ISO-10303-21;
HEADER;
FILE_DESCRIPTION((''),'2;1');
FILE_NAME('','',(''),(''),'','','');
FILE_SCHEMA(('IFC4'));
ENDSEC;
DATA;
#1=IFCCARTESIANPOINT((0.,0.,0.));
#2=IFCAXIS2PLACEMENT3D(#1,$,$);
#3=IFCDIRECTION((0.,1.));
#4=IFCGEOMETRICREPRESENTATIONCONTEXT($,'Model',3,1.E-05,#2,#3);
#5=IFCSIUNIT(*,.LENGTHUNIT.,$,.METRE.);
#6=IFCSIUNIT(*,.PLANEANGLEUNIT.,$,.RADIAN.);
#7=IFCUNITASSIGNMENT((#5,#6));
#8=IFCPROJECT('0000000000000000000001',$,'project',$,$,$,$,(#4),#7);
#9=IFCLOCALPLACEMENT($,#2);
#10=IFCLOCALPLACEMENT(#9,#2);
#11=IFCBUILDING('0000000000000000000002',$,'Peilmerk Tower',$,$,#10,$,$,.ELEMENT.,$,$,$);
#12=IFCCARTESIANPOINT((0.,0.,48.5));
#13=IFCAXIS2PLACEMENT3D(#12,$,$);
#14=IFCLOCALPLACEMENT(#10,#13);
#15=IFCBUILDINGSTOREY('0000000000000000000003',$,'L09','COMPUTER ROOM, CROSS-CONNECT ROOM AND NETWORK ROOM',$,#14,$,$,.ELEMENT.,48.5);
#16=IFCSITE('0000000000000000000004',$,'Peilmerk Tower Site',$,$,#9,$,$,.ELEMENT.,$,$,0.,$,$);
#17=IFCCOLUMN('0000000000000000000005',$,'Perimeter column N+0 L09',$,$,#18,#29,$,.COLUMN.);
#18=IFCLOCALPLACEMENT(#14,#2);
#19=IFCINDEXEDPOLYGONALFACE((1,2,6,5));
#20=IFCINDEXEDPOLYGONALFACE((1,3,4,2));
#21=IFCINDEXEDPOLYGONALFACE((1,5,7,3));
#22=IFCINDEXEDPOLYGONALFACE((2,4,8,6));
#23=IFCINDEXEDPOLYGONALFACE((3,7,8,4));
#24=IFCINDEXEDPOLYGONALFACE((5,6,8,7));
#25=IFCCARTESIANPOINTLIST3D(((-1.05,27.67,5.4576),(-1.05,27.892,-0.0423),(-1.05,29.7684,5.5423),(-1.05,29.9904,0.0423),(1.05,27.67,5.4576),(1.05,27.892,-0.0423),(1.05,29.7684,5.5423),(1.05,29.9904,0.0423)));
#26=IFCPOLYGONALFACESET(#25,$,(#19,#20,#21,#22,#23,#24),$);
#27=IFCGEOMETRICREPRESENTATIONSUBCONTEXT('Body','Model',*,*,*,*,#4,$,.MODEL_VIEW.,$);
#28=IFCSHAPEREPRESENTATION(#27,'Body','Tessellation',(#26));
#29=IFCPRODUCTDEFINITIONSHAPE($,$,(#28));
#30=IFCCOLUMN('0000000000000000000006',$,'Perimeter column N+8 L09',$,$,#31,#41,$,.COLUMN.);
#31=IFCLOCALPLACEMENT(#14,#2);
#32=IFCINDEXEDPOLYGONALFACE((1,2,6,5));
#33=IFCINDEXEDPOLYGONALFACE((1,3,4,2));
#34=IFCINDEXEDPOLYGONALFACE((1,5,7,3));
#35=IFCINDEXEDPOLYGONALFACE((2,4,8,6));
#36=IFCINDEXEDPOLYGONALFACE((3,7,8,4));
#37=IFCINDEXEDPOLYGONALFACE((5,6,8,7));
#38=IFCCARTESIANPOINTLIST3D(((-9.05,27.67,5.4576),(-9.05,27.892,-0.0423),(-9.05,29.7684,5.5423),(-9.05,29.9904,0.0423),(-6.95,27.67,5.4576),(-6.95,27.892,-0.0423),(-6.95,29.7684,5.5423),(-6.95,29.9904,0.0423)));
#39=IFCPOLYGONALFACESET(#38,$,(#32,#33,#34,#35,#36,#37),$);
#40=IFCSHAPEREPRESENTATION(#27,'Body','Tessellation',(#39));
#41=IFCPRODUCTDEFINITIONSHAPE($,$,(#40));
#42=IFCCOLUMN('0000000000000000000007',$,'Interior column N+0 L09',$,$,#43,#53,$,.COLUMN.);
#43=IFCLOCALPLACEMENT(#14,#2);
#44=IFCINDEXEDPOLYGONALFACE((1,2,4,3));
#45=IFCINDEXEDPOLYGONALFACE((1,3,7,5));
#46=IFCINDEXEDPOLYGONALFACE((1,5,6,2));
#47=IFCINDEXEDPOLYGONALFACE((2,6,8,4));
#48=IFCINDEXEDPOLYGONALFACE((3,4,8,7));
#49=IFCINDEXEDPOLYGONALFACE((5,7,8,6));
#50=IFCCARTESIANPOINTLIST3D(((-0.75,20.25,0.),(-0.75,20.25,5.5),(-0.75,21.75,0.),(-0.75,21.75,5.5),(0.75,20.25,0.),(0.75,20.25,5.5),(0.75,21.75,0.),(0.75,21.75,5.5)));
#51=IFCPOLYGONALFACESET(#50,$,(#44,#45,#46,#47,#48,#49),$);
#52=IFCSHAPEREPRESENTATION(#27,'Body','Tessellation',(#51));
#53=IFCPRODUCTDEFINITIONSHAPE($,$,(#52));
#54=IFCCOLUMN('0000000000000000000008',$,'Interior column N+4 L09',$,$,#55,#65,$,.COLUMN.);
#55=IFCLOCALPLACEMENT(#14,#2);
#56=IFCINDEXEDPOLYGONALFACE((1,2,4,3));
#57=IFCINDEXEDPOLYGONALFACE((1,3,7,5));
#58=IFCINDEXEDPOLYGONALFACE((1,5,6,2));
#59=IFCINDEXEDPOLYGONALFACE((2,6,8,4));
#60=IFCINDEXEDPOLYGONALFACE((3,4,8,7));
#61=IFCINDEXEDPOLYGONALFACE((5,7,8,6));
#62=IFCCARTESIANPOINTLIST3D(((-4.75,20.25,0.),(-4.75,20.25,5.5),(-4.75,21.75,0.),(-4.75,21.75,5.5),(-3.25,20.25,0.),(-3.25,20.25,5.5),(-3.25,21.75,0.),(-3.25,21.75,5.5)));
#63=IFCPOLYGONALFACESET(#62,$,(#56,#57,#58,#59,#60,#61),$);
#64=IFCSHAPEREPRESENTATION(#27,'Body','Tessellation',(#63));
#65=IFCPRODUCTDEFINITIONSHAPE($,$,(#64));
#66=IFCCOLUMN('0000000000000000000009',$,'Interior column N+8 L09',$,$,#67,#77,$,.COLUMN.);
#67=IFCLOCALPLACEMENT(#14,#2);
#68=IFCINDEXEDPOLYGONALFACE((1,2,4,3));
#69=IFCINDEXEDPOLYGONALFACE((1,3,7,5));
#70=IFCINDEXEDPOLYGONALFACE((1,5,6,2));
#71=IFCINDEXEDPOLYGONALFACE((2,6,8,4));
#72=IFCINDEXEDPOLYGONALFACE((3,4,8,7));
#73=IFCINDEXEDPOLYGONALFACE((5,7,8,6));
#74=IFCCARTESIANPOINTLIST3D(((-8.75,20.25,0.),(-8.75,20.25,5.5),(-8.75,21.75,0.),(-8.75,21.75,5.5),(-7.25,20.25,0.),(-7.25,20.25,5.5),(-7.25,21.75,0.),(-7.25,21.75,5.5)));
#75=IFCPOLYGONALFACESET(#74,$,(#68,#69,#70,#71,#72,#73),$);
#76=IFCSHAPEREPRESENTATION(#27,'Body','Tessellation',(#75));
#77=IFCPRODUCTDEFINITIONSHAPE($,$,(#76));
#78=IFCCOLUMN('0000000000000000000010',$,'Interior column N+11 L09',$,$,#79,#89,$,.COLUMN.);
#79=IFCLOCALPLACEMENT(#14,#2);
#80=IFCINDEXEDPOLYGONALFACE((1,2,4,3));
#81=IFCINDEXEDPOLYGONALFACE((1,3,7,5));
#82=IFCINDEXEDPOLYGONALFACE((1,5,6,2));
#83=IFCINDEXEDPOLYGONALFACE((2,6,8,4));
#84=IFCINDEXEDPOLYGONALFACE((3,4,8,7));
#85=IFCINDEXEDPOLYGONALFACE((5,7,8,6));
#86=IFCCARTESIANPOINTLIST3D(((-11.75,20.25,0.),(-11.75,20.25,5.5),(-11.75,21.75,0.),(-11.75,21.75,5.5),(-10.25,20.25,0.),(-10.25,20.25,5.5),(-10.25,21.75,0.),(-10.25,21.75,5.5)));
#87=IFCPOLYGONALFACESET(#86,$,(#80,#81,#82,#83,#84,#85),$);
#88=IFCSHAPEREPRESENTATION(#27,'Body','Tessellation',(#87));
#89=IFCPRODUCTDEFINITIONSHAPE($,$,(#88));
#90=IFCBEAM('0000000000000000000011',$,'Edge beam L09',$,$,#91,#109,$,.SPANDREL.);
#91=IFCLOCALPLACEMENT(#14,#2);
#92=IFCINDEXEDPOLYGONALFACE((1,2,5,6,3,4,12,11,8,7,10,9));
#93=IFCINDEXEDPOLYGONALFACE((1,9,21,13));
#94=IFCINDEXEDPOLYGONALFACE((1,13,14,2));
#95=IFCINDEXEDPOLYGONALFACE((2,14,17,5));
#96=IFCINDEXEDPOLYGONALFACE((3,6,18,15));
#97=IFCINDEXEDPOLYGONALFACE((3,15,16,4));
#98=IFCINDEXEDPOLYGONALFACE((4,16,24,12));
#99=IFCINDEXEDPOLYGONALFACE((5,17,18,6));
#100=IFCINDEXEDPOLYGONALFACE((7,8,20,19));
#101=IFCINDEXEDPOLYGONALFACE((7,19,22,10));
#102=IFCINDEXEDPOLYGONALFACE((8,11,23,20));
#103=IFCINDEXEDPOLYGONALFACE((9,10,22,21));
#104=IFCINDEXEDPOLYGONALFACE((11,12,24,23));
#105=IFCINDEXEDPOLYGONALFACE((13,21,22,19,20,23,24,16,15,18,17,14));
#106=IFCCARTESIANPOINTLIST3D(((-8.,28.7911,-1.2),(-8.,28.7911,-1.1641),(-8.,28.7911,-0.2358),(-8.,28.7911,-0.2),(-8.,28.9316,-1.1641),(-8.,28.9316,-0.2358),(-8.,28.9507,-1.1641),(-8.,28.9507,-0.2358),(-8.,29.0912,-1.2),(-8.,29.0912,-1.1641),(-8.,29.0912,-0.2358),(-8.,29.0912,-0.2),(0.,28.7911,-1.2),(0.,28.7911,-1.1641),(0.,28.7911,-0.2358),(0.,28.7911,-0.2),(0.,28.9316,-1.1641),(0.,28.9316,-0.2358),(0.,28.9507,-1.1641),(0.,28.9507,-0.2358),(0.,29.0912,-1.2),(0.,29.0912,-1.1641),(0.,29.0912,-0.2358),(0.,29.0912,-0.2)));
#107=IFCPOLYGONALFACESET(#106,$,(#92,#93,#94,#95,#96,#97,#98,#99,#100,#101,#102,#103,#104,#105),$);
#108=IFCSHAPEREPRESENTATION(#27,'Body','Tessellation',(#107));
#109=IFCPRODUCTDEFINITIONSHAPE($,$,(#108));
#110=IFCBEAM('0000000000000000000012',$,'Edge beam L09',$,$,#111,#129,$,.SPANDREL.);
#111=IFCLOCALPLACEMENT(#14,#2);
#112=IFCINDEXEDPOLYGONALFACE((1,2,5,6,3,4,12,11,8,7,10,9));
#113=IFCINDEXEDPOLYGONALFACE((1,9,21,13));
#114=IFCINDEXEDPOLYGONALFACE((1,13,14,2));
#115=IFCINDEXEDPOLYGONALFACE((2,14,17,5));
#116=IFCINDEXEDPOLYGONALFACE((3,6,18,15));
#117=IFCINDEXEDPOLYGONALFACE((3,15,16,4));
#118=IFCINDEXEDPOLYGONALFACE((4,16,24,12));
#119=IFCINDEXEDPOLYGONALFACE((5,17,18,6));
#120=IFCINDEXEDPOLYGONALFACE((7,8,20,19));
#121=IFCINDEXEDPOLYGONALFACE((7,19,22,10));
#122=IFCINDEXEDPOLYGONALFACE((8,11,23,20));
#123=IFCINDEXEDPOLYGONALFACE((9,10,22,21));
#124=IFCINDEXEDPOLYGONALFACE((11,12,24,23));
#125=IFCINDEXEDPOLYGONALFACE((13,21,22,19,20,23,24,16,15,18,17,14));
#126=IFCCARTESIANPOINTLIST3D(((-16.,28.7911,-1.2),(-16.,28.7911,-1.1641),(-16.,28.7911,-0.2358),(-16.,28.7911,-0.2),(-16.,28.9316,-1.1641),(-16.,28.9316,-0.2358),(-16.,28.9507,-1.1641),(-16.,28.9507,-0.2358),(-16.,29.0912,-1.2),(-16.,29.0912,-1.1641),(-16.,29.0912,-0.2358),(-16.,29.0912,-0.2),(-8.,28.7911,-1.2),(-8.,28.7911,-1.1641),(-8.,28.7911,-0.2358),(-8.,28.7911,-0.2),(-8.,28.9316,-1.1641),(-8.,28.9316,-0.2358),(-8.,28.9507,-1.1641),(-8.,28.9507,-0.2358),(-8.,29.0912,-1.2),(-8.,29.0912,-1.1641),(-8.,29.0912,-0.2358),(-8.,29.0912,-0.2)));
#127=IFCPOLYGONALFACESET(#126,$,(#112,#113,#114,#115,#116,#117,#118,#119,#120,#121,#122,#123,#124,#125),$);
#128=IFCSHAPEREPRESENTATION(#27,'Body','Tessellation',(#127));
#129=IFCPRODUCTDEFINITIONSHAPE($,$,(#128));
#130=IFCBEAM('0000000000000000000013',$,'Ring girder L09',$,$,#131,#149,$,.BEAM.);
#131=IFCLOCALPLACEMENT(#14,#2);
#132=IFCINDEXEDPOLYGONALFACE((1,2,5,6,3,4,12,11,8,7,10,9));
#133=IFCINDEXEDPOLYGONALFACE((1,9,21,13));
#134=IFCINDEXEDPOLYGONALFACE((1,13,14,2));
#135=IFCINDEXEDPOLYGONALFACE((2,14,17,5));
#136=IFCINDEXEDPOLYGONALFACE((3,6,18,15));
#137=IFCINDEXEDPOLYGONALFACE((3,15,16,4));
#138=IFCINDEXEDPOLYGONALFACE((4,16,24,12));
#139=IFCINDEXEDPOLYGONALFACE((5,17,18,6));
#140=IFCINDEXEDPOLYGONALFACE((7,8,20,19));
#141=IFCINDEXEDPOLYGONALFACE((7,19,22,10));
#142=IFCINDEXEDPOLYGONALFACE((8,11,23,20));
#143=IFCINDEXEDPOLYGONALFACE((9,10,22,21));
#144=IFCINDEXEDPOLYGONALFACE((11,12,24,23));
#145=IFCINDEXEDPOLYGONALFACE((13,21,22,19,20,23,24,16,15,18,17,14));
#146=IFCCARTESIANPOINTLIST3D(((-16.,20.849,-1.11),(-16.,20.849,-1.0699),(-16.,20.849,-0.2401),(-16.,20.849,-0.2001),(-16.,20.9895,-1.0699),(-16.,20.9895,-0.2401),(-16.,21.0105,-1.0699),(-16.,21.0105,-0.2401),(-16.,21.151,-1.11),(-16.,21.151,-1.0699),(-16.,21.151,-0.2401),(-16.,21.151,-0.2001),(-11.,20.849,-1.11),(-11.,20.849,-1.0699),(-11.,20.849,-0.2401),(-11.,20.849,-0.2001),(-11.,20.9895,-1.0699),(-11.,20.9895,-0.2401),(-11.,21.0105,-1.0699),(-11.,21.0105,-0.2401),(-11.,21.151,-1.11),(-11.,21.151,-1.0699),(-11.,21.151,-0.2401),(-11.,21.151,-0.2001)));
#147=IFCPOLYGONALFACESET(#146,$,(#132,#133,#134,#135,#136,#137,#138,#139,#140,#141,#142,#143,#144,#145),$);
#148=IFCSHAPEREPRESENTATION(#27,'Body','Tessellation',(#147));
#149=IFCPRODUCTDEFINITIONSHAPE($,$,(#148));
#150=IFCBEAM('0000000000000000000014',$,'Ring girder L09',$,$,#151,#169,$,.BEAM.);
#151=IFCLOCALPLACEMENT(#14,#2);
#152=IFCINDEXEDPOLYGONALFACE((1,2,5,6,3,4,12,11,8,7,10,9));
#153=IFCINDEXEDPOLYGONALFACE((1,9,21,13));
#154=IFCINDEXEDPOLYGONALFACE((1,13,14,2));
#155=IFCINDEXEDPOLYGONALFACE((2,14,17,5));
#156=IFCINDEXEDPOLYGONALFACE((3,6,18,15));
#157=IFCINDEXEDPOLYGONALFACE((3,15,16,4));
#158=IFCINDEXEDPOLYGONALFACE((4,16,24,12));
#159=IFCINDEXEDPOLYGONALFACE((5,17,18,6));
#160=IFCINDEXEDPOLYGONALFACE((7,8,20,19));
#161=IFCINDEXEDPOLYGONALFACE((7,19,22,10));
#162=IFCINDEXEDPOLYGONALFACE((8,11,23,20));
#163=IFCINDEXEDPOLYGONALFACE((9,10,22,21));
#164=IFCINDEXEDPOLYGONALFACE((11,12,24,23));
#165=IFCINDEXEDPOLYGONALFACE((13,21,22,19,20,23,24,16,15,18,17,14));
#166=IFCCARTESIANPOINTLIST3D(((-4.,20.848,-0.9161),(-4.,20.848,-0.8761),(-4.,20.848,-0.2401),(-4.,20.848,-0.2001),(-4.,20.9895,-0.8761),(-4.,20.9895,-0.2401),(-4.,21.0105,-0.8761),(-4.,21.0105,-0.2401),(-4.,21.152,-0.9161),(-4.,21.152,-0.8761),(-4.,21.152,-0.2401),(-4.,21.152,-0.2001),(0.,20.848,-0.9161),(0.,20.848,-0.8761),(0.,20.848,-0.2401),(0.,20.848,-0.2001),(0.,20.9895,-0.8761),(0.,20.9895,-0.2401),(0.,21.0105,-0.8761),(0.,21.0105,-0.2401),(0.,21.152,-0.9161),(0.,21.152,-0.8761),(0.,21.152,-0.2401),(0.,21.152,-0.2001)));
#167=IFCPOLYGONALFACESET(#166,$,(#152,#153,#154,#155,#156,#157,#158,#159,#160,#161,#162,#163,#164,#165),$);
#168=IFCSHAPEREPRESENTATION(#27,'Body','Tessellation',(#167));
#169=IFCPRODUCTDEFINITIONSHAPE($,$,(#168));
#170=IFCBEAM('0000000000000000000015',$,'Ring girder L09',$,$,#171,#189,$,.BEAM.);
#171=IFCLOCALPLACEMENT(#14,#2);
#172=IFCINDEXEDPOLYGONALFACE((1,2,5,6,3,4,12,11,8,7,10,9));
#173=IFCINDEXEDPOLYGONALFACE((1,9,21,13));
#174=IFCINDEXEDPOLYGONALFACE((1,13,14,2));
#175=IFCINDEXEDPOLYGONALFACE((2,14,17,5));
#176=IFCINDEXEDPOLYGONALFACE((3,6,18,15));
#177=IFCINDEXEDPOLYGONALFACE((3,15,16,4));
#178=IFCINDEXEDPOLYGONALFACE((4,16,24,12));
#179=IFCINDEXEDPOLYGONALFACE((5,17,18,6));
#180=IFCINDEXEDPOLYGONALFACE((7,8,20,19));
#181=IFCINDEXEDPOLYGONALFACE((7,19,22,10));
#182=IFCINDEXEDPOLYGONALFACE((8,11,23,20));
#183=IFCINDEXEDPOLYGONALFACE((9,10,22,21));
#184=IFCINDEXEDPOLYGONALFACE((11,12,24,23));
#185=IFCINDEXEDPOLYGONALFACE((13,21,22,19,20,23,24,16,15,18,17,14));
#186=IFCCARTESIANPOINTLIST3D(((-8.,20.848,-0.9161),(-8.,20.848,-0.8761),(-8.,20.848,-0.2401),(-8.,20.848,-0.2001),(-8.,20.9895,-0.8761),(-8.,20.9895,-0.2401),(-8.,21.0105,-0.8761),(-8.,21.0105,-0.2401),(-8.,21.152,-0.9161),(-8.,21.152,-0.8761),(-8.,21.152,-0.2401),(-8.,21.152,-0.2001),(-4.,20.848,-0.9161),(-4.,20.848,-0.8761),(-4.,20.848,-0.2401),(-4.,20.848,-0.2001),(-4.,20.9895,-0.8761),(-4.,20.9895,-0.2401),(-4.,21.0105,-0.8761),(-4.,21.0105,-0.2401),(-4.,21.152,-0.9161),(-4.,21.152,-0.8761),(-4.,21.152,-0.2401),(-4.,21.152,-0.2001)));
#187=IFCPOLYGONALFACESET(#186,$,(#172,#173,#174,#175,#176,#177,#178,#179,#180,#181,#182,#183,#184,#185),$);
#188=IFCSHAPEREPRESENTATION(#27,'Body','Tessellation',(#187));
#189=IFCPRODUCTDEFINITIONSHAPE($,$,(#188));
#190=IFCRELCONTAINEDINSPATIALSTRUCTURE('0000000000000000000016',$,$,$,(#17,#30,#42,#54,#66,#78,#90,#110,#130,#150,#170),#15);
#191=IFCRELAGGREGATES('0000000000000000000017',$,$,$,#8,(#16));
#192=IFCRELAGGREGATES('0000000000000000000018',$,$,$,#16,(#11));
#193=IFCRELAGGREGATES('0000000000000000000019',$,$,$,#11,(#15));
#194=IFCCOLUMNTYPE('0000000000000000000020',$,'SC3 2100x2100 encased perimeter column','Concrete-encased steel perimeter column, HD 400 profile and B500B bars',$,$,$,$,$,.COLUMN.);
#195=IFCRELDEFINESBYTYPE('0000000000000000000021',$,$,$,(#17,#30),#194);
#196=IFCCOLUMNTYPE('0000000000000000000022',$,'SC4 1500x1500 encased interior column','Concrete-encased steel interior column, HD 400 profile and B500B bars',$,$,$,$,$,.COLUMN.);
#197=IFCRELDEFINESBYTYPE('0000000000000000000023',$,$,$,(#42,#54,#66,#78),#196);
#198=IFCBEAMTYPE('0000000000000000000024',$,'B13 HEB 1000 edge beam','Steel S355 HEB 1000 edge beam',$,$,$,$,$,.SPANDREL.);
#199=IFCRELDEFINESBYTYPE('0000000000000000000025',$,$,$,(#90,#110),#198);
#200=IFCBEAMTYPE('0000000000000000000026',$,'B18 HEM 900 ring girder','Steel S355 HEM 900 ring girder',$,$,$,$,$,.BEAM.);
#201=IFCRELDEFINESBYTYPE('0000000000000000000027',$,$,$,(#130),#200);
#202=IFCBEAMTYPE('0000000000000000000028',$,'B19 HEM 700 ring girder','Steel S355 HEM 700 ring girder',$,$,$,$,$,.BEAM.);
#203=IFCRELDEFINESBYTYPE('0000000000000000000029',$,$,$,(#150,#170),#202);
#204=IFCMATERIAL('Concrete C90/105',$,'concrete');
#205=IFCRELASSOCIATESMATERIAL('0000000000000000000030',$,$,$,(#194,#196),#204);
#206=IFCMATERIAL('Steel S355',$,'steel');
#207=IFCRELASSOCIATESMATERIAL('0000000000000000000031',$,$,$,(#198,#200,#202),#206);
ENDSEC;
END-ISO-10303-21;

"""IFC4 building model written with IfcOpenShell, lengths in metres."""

from ifc_helpers import new_model, si_unit, direction, frame, origin, origin_2d, place, context, subcontext, project, spatial, rectangle, i_section, extrude, material, material_profile, profile_set, type_object, element, save


model = new_model("IFC4")

# Units and contexts
model_context = context("Model", 3, precision=1e-05, world=origin(), true_north=direction((0.0, 1.0)))
body_context = subcontext(model_context, "Body", "Model", "MODEL_VIEW")
ifc_project = project(units=[si_unit("LENGTHUNIT", "METRE"), si_unit("PLANEANGLEUNIT", "RADIAN")], contexts=[model_context])

# Site, building, storey
site_placement = place(None, origin())
site = spatial("IfcSite", under=ifc_project, at=site_placement, Name="Peilmerk Tower Site", CompositionType="ELEMENT", RefElevation=0.0)
building_placement = place(site_placement, origin())
building = spatial("IfcBuilding", under=site, at=building_placement, Name="Peilmerk Tower", CompositionType="ELEMENT")
storey_placement = place(building_placement, frame((0.0, 0.0, 48.5)))
storey = spatial("IfcBuildingStorey", under=building, at=storey_placement, Name="L09", Description="COMPUTER ROOM, CROSS-CONNECT ROOM AND NETWORK ROOM", CompositionType="ELEMENT", Elevation=48.5)

# Columns
ifc_material_1 = material(Name="Concrete C90/105", Category="concrete")
ifc_material_profile_1 = material_profile(ifc_material_1, rectangle(XDim=2.1001, YDim=2.1001, at=origin_2d()), Name="RC 2100x2100")
ifc_profile_set_1 = profile_set([ifc_material_profile_1], Name="Concrete C90/105")
column_type_1 = type_object("IfcColumnType", Name="SC3 2100x2100 encased perimeter column", Description="Concrete-encased steel perimeter column, HD 400 profile and B500B bars", PredefinedType="COLUMN", material=ifc_profile_set_1)
for number, where, z_axis, x_axis, name in (
    (1, (0.0, 28.9412, 0.0), (0.0, -0.040317, 0.999187), (1.0, 0.0, 0.0), "Perimeter column N+0 L09"),
    (2, (-8.0, 28.9412, 0.0), (0.0, -0.040317, 0.999187), (1.0, 0.0, 0.0), "Perimeter column N+8 L09"),
):
    element("IfcColumn", number, at=place(storey_placement, frame(where, z_axis=z_axis, x_axis=x_axis)), inside=storey, type_object=column_type_1, Name=name, PredefinedType="COLUMN", context=body_context, shape_type="SweptSolid", body=[
        extrude(rectangle(XDim=2.1001, YDim=2.1001, at=origin_2d()), origin(), (0.0, 0.0, 1.0), 5.5044),
    ])
ifc_material_profile_2 = material_profile(ifc_material_1, rectangle(XDim=1.5, YDim=1.5, at=origin_2d()), Name="RC 1500x1500")
ifc_profile_set_2 = profile_set([ifc_material_profile_2], Name="Concrete C90/105")
column_type_2 = type_object("IfcColumnType", Name="SC4 1500x1500 encased interior column", Description="Concrete-encased steel interior column, HD 400 profile and B500B bars", PredefinedType="COLUMN", material=ifc_profile_set_2)
for number, where, z_axis, x_axis, name in (
    (3, (0.0, 21.0, 0.0), (0.0, 0.0, 1.0), (1.0, 0.0, 0.0), "Interior column N+0 L09"),
    (4, (-4.0, 21.0, 0.0), (0.0, 0.0, 1.0), (1.0, 0.0, 0.0), "Interior column N+4 L09"),
    (5, (-8.0, 21.0, 0.0), (0.0, 0.0, 1.0), (1.0, 0.0, 0.0), "Interior column N+8 L09"),
    (6, (-11.0, 21.0, 0.0), (0.0, 0.0, 1.0), (1.0, 0.0, 0.0), "Interior column N+11 L09"),
):
    element("IfcColumn", number, at=place(storey_placement, frame(where, z_axis=z_axis, x_axis=x_axis)), inside=storey, type_object=column_type_2, Name=name, PredefinedType="COLUMN", context=body_context, shape_type="SweptSolid", body=[
        extrude(rectangle(XDim=1.5, YDim=1.5, at=origin_2d()), origin(), (0.0, 0.0, 1.0), 5.5),
    ])

# Beams
ifc_material_2 = material(Name="Steel S355", Category="steel")
ifc_material_profile_3 = material_profile(ifc_material_2, i_section(OverallWidth=0.3, OverallDepth=1.0, WebThickness=0.019, FlangeThickness=0.0359, at=origin_2d()), Name="HEB 1000")
ifc_profile_set_3 = profile_set([ifc_material_profile_3], Name="Steel S355")
beam_type_1 = type_object("IfcBeamType", Name="B13 HEB 1000 edge beam", Description="Steel S355 HEB 1000 edge beam", PredefinedType="SPANDREL", material=ifc_profile_set_3)
for number, where, z_axis, x_axis, name in (
    (7, (0.0, 28.9412, -0.7), (-1.0, 0.0, 0.0), (0.0, -1.0, 0.0), "Edge beam L09"),
    (8, (-8.0, 28.9412, -0.7), (-1.0, 0.0, 0.0), (0.0, -1.0, 0.0), "Edge beam L09"),
):
    element("IfcBeam", number, at=place(storey_placement, frame(where, z_axis=z_axis, x_axis=x_axis)), inside=storey, type_object=beam_type_1, Name=name, PredefinedType="SPANDREL", context=body_context, shape_type="SweptSolid", body=[
        extrude(i_section(OverallWidth=0.3, OverallDepth=1.0, WebThickness=0.019, FlangeThickness=0.0359, at=origin_2d()), origin(), (0.0, 0.0, 1.0), 8.0),
    ])
ifc_material_profile_4 = material_profile(ifc_material_2, i_section(OverallWidth=0.302, OverallDepth=0.9099, WebThickness=0.021, FlangeThickness=0.04, at=origin_2d()), Name="HEM 900")
ifc_profile_set_4 = profile_set([ifc_material_profile_4], Name="Steel S355")
beam_type_2 = type_object("IfcBeamType", Name="B18 HEM 900 ring girder", Description="Steel S355 HEM 900 ring girder", PredefinedType="BEAM", material=ifc_profile_set_4)
beam_1_placement = place(storey_placement, frame((-11.0, 21.0, -0.655), z_axis=(-1.0, 0.0, 0.0), x_axis=(0.0, -1.0, 0.0)))
element("IfcBeam", 9, at=beam_1_placement, inside=storey, type_object=beam_type_2, Name="Ring girder L09", PredefinedType="BEAM", context=body_context, shape_type="SweptSolid", body=[
    extrude(i_section(OverallWidth=0.302, OverallDepth=0.9099, WebThickness=0.021, FlangeThickness=0.04, at=origin_2d()), origin(), (0.0, 0.0, 1.0), 5.0),
])
ifc_material_profile_5 = material_profile(ifc_material_2, i_section(OverallWidth=0.304, OverallDepth=0.7161, WebThickness=0.021, FlangeThickness=0.04, at=origin_2d()), Name="HEM 700")
ifc_profile_set_5 = profile_set([ifc_material_profile_5], Name="Steel S355")
beam_type_3 = type_object("IfcBeamType", Name="B19 HEM 700 ring girder", Description="Steel S355 HEM 700 ring girder", PredefinedType="BEAM", material=ifc_profile_set_5)
for number, where, z_axis, x_axis, name in (
    (10, (0.0, 21.0, -0.5581), (-1.0, 0.0, 0.0), (0.0, -1.0, 0.0), "Ring girder L09"),
    (11, (-4.0, 21.0, -0.5581), (-1.0, 0.0, 0.0), (0.0, -1.0, 0.0), "Ring girder L09"),
):
    element("IfcBeam", number, at=place(storey_placement, frame(where, z_axis=z_axis, x_axis=x_axis)), inside=storey, type_object=beam_type_3, Name=name, PredefinedType="BEAM", context=body_context, shape_type="SweptSolid", body=[
        extrude(i_section(OverallWidth=0.304, OverallDepth=0.7161, WebThickness=0.021, FlangeThickness=0.04, at=origin_2d()), origin(), (0.0, 0.0, 1.0), 4.0),
    ])

save(model, "model.ifc")
